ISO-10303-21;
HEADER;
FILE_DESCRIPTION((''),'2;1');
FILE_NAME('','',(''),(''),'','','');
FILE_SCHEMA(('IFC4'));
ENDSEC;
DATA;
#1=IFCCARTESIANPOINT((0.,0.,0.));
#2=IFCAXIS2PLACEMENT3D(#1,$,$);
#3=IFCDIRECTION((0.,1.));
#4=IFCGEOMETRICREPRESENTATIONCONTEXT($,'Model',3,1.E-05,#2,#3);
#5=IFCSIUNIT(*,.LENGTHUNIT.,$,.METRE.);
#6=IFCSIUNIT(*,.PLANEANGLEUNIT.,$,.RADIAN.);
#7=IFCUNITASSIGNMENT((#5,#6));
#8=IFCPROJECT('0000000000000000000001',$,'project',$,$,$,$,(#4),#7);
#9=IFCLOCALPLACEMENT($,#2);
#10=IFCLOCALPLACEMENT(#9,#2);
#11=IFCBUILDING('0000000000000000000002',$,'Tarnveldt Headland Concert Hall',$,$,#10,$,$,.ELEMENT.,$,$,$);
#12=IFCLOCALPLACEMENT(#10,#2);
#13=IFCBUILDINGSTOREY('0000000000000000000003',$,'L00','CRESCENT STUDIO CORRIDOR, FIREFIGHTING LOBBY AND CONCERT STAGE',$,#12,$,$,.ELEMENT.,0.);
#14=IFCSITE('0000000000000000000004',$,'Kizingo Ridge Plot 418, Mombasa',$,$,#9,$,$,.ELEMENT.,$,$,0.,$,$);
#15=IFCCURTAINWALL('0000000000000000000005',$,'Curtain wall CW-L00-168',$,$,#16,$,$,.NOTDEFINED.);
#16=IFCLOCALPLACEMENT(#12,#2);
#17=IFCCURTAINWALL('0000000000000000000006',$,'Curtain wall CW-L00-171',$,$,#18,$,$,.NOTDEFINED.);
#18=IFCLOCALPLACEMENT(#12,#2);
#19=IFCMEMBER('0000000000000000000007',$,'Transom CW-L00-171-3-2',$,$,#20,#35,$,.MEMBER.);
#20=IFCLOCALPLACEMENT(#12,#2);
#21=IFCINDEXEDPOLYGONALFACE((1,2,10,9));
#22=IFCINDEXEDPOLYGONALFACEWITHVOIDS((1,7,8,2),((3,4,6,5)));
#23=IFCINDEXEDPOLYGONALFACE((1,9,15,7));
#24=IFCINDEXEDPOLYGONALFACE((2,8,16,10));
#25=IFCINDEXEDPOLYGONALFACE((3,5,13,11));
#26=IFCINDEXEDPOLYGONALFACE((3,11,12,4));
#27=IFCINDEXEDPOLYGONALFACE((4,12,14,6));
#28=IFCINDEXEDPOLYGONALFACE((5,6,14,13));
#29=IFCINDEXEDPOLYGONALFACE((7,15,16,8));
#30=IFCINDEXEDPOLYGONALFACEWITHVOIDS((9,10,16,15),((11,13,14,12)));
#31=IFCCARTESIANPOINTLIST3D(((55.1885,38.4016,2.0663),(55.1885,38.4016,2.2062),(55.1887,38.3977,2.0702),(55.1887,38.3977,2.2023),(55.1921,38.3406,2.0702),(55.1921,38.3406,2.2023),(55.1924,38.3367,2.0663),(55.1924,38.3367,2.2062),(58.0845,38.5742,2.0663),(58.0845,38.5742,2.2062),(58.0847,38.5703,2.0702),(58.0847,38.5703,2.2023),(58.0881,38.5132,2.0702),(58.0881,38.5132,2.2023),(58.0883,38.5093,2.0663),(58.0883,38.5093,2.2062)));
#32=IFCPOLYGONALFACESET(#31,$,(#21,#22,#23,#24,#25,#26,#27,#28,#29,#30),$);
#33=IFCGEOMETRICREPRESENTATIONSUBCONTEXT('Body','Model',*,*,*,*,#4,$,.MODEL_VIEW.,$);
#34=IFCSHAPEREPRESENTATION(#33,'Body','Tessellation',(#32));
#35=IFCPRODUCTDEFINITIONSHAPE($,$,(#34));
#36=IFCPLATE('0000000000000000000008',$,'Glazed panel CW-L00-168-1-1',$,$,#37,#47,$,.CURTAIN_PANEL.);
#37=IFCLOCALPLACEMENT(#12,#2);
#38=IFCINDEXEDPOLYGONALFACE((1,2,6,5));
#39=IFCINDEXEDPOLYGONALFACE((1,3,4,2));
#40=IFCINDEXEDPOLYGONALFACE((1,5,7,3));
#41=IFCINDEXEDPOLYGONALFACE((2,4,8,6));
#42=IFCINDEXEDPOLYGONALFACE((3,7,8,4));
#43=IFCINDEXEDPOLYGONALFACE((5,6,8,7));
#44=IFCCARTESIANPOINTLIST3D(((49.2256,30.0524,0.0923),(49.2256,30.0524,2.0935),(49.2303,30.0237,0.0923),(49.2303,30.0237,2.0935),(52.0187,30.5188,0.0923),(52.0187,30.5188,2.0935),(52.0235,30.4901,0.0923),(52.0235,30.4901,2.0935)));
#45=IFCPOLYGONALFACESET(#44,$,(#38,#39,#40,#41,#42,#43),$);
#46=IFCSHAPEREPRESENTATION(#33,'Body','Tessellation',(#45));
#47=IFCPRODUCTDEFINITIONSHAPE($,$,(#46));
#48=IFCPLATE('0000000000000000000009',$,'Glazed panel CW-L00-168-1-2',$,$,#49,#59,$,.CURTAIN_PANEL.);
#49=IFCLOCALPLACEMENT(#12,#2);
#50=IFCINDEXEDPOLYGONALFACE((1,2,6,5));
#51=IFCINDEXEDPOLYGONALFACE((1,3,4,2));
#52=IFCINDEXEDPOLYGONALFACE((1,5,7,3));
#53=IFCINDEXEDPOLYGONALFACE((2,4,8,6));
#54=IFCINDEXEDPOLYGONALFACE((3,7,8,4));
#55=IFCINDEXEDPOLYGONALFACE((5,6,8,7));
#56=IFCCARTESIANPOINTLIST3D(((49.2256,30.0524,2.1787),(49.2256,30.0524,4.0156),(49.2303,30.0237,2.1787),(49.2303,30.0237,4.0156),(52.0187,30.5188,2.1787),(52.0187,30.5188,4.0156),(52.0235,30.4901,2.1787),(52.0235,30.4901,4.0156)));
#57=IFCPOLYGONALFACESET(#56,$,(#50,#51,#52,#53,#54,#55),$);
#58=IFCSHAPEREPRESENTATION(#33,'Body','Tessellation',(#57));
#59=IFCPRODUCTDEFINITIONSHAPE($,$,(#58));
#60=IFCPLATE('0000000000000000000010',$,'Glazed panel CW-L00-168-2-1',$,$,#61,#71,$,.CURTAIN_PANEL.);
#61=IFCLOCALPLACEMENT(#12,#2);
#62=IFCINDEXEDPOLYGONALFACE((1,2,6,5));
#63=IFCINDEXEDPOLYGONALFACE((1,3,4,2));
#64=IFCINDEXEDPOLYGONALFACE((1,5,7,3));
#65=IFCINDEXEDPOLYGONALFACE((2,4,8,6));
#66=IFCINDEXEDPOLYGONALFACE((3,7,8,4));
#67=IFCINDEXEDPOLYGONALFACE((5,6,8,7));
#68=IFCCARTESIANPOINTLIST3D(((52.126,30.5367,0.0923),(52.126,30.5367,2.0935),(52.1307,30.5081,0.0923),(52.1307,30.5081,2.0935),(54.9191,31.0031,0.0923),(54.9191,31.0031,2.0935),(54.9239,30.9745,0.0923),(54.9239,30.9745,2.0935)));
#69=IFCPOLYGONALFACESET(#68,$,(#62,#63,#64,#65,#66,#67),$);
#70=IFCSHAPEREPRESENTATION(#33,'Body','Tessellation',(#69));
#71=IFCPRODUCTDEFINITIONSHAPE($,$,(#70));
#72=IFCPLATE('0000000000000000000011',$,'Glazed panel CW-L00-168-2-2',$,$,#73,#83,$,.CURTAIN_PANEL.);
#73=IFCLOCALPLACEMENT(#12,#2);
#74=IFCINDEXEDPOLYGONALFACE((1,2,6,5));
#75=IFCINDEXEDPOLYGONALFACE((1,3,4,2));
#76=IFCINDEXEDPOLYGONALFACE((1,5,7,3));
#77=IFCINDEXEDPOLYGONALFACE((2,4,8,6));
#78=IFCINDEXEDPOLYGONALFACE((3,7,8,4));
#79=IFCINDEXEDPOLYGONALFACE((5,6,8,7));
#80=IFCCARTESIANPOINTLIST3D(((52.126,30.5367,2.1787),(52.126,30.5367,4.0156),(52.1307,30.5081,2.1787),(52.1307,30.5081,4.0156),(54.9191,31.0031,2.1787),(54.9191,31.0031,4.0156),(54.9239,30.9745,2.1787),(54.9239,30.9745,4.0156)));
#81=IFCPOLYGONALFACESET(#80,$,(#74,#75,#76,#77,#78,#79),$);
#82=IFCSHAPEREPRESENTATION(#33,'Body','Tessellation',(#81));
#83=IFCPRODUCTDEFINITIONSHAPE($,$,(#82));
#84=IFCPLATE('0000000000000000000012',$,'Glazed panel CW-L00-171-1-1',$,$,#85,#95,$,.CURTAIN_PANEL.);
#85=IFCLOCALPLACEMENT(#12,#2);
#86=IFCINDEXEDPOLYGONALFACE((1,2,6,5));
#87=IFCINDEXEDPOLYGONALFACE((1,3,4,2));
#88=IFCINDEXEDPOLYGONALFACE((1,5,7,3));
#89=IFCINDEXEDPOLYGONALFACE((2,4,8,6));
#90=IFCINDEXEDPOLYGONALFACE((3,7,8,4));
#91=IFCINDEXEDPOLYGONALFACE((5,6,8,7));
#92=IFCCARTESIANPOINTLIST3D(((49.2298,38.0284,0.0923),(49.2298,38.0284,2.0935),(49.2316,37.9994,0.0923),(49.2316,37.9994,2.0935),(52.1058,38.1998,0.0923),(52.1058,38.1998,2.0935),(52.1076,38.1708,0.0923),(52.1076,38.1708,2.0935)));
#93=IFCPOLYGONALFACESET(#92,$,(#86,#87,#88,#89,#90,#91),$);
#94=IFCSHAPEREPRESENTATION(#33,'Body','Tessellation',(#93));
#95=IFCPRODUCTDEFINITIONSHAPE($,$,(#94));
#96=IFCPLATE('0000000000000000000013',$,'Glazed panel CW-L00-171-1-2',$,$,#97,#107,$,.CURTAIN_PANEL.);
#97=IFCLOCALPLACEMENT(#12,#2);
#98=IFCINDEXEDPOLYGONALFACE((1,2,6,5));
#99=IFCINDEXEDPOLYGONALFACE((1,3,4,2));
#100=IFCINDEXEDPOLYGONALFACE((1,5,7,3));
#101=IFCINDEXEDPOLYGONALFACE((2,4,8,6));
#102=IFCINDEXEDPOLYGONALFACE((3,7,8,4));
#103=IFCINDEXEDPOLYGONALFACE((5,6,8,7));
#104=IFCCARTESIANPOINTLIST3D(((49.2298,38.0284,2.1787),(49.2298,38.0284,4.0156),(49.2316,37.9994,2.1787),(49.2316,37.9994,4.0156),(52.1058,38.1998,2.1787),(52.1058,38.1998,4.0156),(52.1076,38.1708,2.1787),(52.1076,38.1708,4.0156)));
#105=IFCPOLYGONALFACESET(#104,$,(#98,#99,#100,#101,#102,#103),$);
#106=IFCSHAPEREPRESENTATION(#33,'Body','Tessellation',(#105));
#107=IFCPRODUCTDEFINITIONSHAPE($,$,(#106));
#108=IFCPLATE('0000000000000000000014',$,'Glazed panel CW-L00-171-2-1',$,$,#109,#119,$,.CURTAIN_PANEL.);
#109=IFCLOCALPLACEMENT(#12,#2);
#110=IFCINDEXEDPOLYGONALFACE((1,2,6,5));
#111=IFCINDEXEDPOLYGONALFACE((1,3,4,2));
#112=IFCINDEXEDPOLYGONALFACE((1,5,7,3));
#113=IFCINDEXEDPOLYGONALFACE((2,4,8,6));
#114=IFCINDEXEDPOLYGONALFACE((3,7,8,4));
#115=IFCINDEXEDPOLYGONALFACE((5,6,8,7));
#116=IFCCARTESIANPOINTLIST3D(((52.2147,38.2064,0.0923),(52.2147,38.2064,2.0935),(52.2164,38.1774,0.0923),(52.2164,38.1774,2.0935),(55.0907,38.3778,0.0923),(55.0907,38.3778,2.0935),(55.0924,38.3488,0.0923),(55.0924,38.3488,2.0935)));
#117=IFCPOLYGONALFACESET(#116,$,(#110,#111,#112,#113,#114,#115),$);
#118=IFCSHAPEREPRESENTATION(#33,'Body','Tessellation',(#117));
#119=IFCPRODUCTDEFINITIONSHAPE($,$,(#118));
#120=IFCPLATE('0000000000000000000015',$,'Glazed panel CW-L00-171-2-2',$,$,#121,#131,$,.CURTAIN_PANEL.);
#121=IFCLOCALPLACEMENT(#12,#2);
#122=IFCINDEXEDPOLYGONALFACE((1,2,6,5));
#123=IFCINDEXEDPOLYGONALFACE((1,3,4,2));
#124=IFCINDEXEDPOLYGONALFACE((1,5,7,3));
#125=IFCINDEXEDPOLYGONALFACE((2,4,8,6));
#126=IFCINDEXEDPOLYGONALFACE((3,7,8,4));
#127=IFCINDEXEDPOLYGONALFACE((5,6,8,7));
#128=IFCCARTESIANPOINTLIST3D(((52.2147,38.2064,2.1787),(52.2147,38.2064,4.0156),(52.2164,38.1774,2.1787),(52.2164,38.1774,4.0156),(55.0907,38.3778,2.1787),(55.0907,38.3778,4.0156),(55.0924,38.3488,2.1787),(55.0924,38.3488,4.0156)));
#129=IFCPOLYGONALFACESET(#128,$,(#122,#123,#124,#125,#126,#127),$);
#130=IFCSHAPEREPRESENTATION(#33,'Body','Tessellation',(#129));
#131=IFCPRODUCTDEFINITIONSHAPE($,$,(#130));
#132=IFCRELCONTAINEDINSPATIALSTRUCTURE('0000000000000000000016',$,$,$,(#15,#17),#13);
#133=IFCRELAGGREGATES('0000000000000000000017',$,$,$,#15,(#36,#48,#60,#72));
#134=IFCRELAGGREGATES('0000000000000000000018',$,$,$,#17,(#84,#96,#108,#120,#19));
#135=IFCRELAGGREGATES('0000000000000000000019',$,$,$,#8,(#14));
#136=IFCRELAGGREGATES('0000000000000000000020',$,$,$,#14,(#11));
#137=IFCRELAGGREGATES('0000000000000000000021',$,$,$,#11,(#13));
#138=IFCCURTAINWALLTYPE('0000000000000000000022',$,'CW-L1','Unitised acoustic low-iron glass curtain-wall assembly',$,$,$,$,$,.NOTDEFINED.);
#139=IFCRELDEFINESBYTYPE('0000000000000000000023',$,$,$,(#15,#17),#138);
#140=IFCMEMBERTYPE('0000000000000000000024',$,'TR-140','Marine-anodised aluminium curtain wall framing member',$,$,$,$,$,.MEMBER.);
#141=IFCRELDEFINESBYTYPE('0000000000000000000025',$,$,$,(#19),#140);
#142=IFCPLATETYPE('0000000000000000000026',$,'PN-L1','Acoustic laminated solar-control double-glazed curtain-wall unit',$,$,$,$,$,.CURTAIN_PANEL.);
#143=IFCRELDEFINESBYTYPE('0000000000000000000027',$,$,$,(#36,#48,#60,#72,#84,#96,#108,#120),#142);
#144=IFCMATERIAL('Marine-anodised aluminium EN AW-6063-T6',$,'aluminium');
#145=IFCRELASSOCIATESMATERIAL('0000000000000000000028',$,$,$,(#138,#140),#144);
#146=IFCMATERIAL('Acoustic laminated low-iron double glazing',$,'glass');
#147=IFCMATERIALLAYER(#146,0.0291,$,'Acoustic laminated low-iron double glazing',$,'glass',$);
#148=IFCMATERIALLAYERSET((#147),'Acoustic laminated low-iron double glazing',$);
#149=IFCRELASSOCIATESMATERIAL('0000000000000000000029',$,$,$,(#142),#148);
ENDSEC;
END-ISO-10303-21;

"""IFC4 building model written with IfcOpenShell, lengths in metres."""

from ifc_helpers import new_model, si_unit, direction, frame, origin, origin_2d, place, context, subcontext, project, spatial, rectangle, hollow_rectangle, extrude, material, layer, layer_set, material_profile, profile_set, type_object, element, aggregate, save


model = new_model("IFC4")

# Units and contexts
model_context = context("Model", 3, precision=1e-05, world=origin(), true_north=direction((0.0, 1.0)))
body_context = subcontext(model_context, "Body", "Model", "MODEL_VIEW")
ifc_project = project(units=[si_unit("LENGTHUNIT", "METRE"), si_unit("PLANEANGLEUNIT", "RADIAN")], contexts=[model_context])

# Site, building, storey
site_placement = place(None, origin())
site = spatial("IfcSite", under=ifc_project, at=site_placement, Name="Kizingo Ridge Plot 418, Mombasa", CompositionType="ELEMENT", RefElevation=0.0)
building_placement = place(site_placement, origin())
building = spatial("IfcBuilding", under=site, at=building_placement, Name="Tarnveldt Headland Concert Hall", CompositionType="ELEMENT")
storey_placement = place(building_placement, origin())
storey = spatial("IfcBuildingStorey", under=building, at=storey_placement, Name="L00", Description="CRESCENT STUDIO CORRIDOR, FIREFIGHTING LOBBY AND CONCERT STAGE", CompositionType="ELEMENT", Elevation=0.0)

# Curtain walls
ifc_material_1 = material(Name="Marine-anodised aluminium EN AW-6063-T6", Category="aluminium")
curtain_wall_type = type_object("IfcCurtainWallType", Name="CW-L1", Description="Unitised acoustic low-iron glass curtain-wall assembly", PredefinedType="NOTDEFINED", material=ifc_material_1)
curtain_wall_1_placement = place(storey_placement, origin())
curtain_wall_1 = element("IfcCurtainWall", 1, at=curtain_wall_1_placement, inside=storey, type_object=curtain_wall_type, Name="Curtain wall CW-L00-168", PredefinedType="NOTDEFINED")
curtain_wall_2_placement = place(storey_placement, origin())
curtain_wall_2 = element("IfcCurtainWall", 2, at=curtain_wall_2_placement, inside=storey, type_object=curtain_wall_type, Name="Curtain wall CW-L00-171", PredefinedType="NOTDEFINED")

# Member
ifc_material_profile_1 = material_profile(ifc_material_1, hollow_rectangle(XDim=0.0649, YDim=0.1399, WallThickness=0.0039, at=origin_2d()), Name="ALU TRANSOM 65x140x4", Category="aluminium")
ifc_profile_set_1 = profile_set([ifc_material_profile_1], Name="Marine-anodised aluminium EN AW-6063-T6")
member_type_1 = type_object("IfcMemberType", Name="TR-140", Description="Marine-anodised aluminium curtain wall framing member", PredefinedType="MEMBER", material=ifc_profile_set_1)
member_1_placement = place(storey_placement, frame((55.1904, 38.3691, 2.1362), z_axis=(0.998229, 0.059497, 0.0), x_axis=(-0.059497, 0.998229, 0.0)))
member_1 = element("IfcMember", 3, at=member_1_placement, type_object=member_type_1, Name="Transom CW-L00-171-3-2", PredefinedType="MEMBER", context=body_context, shape_type="SweptSolid", body=[
    extrude(hollow_rectangle(XDim=0.0649, YDim=0.1399, WallThickness=0.0039, at=origin_2d()), origin(), (0.0, 0.0, 1.0), 2.9011),
])

# Plates
ifc_material_2 = material(Name="Acoustic laminated low-iron double glazing", Category="glass")
ifc_layer = layer(ifc_material_2, 0.0291, Name="Acoustic laminated low-iron double glazing", Category="glass")
ifc_layer_set = layer_set([ifc_layer], Name="Acoustic laminated low-iron double glazing")
plate_type = type_object("IfcPlateType", Name="PN-L1", Description="Acoustic laminated solar-control double-glazed curtain-wall unit", PredefinedType="CURTAIN_PANEL", material=ifc_layer_set)
plate_1_placement = place(storey_placement, frame((50.6245, 30.2712, 0.0923), z_axis=(0.0, 0.0, 1.0), x_axis=(0.986343, 0.164703, 0.0)))
plate_1 = element("IfcPlate", 4, at=plate_1_placement, type_object=plate_type, Name="Glazed panel CW-L00-168-1-1", PredefinedType="CURTAIN_PANEL", context=body_context, shape_type="SweptSolid", body=[
    extrude(rectangle(XDim=2.8318, YDim=0.0291, at=origin_2d()), origin(), (0.0, 0.0, 1.0), 2.0012),
])
plate_2_placement = place(storey_placement, frame((50.6245, 30.2712, 2.1787), z_axis=(0.0, 0.0, 1.0), x_axis=(0.986343, 0.164703, 0.0)))
plate_2 = element("IfcPlate", 5, at=plate_2_placement, type_object=plate_type, Name="Glazed panel CW-L00-168-1-2", PredefinedType="CURTAIN_PANEL", context=body_context, shape_type="SweptSolid", body=[
    extrude(rectangle(XDim=2.8318, YDim=0.0291, at=origin_2d()), origin(), (0.0, 0.0, 1.0), 1.8369),
])
plate_3_placement = place(storey_placement, frame((53.5249, 30.7556, 0.0923), z_axis=(0.0, 0.0, 1.0), x_axis=(0.986343, 0.164703, 0.0)))
plate_3 = element("IfcPlate", 6, at=plate_3_placement, type_object=plate_type, Name="Glazed panel CW-L00-168-2-1", PredefinedType="CURTAIN_PANEL", context=body_context, shape_type="SweptSolid", body=[
    extrude(rectangle(XDim=2.8318, YDim=0.0291, at=origin_2d()), origin(), (0.0, 0.0, 1.0), 2.0012),
])
plate_4_placement = place(storey_placement, frame((53.5249, 30.7556, 2.1787), z_axis=(0.0, 0.0, 1.0), x_axis=(0.986343, 0.164703, 0.0)))
plate_4 = element("IfcPlate", 7, at=plate_4_placement, type_object=plate_type, Name="Glazed panel CW-L00-168-2-2", PredefinedType="CURTAIN_PANEL", context=body_context, shape_type="SweptSolid", body=[
    extrude(rectangle(XDim=2.8318, YDim=0.0291, at=origin_2d()), origin(), (0.0, 0.0, 1.0), 1.8369),
])
aggregate(curtain_wall_1, [plate_1, plate_2, plate_3, plate_4])
plate_5_placement = place(storey_placement, frame((50.6687, 38.0996, 0.0923), z_axis=(0.0, 0.0, 1.0), x_axis=(0.998227, 0.059515, 0.0)))
plate_5 = element("IfcPlate", 8, at=plate_5_placement, type_object=plate_type, Name="Glazed panel CW-L00-171-1-1", PredefinedType="CURTAIN_PANEL", context=body_context, shape_type="SweptSolid", body=[
    extrude(rectangle(XDim=2.8811, YDim=0.0291, at=origin_2d()), origin(), (0.0, 0.0, 1.0), 2.0012),
])
plate_6_placement = place(storey_placement, frame((50.6687, 38.0996, 2.1787), z_axis=(0.0, 0.0, 1.0), x_axis=(0.998227, 0.059515, 0.0)))
plate_6 = element("IfcPlate", 9, at=plate_6_placement, type_object=plate_type, Name="Glazed panel CW-L00-171-1-2", PredefinedType="CURTAIN_PANEL", context=body_context, shape_type="SweptSolid", body=[
    extrude(rectangle(XDim=2.8811, YDim=0.0291, at=origin_2d()), origin(), (0.0, 0.0, 1.0), 1.8369),
])
plate_7_placement = place(storey_placement, frame((53.6536, 38.2776, 0.0923), z_axis=(0.0, 0.0, 1.0), x_axis=(0.998227, 0.059515, 0.0)))
plate_7 = element("IfcPlate", 10, at=plate_7_placement, type_object=plate_type, Name="Glazed panel CW-L00-171-2-1", PredefinedType="CURTAIN_PANEL", context=body_context, shape_type="SweptSolid", body=[
    extrude(rectangle(XDim=2.8811, YDim=0.0291, at=origin_2d()), origin(), (0.0, 0.0, 1.0), 2.0012),
])
plate_8_placement = place(storey_placement, frame((53.6536, 38.2776, 2.1787), z_axis=(0.0, 0.0, 1.0), x_axis=(0.998227, 0.059515, 0.0)))
plate_8 = element("IfcPlate", 11, at=plate_8_placement, type_object=plate_type, Name="Glazed panel CW-L00-171-2-2", PredefinedType="CURTAIN_PANEL", context=body_context, shape_type="SweptSolid", body=[
    extrude(rectangle(XDim=2.8811, YDim=0.0291, at=origin_2d()), origin(), (0.0, 0.0, 1.0), 1.8369),
])
aggregate(curtain_wall_2, [plate_5, plate_6, plate_7, plate_8, member_1])

save(model, "model.ifc")
